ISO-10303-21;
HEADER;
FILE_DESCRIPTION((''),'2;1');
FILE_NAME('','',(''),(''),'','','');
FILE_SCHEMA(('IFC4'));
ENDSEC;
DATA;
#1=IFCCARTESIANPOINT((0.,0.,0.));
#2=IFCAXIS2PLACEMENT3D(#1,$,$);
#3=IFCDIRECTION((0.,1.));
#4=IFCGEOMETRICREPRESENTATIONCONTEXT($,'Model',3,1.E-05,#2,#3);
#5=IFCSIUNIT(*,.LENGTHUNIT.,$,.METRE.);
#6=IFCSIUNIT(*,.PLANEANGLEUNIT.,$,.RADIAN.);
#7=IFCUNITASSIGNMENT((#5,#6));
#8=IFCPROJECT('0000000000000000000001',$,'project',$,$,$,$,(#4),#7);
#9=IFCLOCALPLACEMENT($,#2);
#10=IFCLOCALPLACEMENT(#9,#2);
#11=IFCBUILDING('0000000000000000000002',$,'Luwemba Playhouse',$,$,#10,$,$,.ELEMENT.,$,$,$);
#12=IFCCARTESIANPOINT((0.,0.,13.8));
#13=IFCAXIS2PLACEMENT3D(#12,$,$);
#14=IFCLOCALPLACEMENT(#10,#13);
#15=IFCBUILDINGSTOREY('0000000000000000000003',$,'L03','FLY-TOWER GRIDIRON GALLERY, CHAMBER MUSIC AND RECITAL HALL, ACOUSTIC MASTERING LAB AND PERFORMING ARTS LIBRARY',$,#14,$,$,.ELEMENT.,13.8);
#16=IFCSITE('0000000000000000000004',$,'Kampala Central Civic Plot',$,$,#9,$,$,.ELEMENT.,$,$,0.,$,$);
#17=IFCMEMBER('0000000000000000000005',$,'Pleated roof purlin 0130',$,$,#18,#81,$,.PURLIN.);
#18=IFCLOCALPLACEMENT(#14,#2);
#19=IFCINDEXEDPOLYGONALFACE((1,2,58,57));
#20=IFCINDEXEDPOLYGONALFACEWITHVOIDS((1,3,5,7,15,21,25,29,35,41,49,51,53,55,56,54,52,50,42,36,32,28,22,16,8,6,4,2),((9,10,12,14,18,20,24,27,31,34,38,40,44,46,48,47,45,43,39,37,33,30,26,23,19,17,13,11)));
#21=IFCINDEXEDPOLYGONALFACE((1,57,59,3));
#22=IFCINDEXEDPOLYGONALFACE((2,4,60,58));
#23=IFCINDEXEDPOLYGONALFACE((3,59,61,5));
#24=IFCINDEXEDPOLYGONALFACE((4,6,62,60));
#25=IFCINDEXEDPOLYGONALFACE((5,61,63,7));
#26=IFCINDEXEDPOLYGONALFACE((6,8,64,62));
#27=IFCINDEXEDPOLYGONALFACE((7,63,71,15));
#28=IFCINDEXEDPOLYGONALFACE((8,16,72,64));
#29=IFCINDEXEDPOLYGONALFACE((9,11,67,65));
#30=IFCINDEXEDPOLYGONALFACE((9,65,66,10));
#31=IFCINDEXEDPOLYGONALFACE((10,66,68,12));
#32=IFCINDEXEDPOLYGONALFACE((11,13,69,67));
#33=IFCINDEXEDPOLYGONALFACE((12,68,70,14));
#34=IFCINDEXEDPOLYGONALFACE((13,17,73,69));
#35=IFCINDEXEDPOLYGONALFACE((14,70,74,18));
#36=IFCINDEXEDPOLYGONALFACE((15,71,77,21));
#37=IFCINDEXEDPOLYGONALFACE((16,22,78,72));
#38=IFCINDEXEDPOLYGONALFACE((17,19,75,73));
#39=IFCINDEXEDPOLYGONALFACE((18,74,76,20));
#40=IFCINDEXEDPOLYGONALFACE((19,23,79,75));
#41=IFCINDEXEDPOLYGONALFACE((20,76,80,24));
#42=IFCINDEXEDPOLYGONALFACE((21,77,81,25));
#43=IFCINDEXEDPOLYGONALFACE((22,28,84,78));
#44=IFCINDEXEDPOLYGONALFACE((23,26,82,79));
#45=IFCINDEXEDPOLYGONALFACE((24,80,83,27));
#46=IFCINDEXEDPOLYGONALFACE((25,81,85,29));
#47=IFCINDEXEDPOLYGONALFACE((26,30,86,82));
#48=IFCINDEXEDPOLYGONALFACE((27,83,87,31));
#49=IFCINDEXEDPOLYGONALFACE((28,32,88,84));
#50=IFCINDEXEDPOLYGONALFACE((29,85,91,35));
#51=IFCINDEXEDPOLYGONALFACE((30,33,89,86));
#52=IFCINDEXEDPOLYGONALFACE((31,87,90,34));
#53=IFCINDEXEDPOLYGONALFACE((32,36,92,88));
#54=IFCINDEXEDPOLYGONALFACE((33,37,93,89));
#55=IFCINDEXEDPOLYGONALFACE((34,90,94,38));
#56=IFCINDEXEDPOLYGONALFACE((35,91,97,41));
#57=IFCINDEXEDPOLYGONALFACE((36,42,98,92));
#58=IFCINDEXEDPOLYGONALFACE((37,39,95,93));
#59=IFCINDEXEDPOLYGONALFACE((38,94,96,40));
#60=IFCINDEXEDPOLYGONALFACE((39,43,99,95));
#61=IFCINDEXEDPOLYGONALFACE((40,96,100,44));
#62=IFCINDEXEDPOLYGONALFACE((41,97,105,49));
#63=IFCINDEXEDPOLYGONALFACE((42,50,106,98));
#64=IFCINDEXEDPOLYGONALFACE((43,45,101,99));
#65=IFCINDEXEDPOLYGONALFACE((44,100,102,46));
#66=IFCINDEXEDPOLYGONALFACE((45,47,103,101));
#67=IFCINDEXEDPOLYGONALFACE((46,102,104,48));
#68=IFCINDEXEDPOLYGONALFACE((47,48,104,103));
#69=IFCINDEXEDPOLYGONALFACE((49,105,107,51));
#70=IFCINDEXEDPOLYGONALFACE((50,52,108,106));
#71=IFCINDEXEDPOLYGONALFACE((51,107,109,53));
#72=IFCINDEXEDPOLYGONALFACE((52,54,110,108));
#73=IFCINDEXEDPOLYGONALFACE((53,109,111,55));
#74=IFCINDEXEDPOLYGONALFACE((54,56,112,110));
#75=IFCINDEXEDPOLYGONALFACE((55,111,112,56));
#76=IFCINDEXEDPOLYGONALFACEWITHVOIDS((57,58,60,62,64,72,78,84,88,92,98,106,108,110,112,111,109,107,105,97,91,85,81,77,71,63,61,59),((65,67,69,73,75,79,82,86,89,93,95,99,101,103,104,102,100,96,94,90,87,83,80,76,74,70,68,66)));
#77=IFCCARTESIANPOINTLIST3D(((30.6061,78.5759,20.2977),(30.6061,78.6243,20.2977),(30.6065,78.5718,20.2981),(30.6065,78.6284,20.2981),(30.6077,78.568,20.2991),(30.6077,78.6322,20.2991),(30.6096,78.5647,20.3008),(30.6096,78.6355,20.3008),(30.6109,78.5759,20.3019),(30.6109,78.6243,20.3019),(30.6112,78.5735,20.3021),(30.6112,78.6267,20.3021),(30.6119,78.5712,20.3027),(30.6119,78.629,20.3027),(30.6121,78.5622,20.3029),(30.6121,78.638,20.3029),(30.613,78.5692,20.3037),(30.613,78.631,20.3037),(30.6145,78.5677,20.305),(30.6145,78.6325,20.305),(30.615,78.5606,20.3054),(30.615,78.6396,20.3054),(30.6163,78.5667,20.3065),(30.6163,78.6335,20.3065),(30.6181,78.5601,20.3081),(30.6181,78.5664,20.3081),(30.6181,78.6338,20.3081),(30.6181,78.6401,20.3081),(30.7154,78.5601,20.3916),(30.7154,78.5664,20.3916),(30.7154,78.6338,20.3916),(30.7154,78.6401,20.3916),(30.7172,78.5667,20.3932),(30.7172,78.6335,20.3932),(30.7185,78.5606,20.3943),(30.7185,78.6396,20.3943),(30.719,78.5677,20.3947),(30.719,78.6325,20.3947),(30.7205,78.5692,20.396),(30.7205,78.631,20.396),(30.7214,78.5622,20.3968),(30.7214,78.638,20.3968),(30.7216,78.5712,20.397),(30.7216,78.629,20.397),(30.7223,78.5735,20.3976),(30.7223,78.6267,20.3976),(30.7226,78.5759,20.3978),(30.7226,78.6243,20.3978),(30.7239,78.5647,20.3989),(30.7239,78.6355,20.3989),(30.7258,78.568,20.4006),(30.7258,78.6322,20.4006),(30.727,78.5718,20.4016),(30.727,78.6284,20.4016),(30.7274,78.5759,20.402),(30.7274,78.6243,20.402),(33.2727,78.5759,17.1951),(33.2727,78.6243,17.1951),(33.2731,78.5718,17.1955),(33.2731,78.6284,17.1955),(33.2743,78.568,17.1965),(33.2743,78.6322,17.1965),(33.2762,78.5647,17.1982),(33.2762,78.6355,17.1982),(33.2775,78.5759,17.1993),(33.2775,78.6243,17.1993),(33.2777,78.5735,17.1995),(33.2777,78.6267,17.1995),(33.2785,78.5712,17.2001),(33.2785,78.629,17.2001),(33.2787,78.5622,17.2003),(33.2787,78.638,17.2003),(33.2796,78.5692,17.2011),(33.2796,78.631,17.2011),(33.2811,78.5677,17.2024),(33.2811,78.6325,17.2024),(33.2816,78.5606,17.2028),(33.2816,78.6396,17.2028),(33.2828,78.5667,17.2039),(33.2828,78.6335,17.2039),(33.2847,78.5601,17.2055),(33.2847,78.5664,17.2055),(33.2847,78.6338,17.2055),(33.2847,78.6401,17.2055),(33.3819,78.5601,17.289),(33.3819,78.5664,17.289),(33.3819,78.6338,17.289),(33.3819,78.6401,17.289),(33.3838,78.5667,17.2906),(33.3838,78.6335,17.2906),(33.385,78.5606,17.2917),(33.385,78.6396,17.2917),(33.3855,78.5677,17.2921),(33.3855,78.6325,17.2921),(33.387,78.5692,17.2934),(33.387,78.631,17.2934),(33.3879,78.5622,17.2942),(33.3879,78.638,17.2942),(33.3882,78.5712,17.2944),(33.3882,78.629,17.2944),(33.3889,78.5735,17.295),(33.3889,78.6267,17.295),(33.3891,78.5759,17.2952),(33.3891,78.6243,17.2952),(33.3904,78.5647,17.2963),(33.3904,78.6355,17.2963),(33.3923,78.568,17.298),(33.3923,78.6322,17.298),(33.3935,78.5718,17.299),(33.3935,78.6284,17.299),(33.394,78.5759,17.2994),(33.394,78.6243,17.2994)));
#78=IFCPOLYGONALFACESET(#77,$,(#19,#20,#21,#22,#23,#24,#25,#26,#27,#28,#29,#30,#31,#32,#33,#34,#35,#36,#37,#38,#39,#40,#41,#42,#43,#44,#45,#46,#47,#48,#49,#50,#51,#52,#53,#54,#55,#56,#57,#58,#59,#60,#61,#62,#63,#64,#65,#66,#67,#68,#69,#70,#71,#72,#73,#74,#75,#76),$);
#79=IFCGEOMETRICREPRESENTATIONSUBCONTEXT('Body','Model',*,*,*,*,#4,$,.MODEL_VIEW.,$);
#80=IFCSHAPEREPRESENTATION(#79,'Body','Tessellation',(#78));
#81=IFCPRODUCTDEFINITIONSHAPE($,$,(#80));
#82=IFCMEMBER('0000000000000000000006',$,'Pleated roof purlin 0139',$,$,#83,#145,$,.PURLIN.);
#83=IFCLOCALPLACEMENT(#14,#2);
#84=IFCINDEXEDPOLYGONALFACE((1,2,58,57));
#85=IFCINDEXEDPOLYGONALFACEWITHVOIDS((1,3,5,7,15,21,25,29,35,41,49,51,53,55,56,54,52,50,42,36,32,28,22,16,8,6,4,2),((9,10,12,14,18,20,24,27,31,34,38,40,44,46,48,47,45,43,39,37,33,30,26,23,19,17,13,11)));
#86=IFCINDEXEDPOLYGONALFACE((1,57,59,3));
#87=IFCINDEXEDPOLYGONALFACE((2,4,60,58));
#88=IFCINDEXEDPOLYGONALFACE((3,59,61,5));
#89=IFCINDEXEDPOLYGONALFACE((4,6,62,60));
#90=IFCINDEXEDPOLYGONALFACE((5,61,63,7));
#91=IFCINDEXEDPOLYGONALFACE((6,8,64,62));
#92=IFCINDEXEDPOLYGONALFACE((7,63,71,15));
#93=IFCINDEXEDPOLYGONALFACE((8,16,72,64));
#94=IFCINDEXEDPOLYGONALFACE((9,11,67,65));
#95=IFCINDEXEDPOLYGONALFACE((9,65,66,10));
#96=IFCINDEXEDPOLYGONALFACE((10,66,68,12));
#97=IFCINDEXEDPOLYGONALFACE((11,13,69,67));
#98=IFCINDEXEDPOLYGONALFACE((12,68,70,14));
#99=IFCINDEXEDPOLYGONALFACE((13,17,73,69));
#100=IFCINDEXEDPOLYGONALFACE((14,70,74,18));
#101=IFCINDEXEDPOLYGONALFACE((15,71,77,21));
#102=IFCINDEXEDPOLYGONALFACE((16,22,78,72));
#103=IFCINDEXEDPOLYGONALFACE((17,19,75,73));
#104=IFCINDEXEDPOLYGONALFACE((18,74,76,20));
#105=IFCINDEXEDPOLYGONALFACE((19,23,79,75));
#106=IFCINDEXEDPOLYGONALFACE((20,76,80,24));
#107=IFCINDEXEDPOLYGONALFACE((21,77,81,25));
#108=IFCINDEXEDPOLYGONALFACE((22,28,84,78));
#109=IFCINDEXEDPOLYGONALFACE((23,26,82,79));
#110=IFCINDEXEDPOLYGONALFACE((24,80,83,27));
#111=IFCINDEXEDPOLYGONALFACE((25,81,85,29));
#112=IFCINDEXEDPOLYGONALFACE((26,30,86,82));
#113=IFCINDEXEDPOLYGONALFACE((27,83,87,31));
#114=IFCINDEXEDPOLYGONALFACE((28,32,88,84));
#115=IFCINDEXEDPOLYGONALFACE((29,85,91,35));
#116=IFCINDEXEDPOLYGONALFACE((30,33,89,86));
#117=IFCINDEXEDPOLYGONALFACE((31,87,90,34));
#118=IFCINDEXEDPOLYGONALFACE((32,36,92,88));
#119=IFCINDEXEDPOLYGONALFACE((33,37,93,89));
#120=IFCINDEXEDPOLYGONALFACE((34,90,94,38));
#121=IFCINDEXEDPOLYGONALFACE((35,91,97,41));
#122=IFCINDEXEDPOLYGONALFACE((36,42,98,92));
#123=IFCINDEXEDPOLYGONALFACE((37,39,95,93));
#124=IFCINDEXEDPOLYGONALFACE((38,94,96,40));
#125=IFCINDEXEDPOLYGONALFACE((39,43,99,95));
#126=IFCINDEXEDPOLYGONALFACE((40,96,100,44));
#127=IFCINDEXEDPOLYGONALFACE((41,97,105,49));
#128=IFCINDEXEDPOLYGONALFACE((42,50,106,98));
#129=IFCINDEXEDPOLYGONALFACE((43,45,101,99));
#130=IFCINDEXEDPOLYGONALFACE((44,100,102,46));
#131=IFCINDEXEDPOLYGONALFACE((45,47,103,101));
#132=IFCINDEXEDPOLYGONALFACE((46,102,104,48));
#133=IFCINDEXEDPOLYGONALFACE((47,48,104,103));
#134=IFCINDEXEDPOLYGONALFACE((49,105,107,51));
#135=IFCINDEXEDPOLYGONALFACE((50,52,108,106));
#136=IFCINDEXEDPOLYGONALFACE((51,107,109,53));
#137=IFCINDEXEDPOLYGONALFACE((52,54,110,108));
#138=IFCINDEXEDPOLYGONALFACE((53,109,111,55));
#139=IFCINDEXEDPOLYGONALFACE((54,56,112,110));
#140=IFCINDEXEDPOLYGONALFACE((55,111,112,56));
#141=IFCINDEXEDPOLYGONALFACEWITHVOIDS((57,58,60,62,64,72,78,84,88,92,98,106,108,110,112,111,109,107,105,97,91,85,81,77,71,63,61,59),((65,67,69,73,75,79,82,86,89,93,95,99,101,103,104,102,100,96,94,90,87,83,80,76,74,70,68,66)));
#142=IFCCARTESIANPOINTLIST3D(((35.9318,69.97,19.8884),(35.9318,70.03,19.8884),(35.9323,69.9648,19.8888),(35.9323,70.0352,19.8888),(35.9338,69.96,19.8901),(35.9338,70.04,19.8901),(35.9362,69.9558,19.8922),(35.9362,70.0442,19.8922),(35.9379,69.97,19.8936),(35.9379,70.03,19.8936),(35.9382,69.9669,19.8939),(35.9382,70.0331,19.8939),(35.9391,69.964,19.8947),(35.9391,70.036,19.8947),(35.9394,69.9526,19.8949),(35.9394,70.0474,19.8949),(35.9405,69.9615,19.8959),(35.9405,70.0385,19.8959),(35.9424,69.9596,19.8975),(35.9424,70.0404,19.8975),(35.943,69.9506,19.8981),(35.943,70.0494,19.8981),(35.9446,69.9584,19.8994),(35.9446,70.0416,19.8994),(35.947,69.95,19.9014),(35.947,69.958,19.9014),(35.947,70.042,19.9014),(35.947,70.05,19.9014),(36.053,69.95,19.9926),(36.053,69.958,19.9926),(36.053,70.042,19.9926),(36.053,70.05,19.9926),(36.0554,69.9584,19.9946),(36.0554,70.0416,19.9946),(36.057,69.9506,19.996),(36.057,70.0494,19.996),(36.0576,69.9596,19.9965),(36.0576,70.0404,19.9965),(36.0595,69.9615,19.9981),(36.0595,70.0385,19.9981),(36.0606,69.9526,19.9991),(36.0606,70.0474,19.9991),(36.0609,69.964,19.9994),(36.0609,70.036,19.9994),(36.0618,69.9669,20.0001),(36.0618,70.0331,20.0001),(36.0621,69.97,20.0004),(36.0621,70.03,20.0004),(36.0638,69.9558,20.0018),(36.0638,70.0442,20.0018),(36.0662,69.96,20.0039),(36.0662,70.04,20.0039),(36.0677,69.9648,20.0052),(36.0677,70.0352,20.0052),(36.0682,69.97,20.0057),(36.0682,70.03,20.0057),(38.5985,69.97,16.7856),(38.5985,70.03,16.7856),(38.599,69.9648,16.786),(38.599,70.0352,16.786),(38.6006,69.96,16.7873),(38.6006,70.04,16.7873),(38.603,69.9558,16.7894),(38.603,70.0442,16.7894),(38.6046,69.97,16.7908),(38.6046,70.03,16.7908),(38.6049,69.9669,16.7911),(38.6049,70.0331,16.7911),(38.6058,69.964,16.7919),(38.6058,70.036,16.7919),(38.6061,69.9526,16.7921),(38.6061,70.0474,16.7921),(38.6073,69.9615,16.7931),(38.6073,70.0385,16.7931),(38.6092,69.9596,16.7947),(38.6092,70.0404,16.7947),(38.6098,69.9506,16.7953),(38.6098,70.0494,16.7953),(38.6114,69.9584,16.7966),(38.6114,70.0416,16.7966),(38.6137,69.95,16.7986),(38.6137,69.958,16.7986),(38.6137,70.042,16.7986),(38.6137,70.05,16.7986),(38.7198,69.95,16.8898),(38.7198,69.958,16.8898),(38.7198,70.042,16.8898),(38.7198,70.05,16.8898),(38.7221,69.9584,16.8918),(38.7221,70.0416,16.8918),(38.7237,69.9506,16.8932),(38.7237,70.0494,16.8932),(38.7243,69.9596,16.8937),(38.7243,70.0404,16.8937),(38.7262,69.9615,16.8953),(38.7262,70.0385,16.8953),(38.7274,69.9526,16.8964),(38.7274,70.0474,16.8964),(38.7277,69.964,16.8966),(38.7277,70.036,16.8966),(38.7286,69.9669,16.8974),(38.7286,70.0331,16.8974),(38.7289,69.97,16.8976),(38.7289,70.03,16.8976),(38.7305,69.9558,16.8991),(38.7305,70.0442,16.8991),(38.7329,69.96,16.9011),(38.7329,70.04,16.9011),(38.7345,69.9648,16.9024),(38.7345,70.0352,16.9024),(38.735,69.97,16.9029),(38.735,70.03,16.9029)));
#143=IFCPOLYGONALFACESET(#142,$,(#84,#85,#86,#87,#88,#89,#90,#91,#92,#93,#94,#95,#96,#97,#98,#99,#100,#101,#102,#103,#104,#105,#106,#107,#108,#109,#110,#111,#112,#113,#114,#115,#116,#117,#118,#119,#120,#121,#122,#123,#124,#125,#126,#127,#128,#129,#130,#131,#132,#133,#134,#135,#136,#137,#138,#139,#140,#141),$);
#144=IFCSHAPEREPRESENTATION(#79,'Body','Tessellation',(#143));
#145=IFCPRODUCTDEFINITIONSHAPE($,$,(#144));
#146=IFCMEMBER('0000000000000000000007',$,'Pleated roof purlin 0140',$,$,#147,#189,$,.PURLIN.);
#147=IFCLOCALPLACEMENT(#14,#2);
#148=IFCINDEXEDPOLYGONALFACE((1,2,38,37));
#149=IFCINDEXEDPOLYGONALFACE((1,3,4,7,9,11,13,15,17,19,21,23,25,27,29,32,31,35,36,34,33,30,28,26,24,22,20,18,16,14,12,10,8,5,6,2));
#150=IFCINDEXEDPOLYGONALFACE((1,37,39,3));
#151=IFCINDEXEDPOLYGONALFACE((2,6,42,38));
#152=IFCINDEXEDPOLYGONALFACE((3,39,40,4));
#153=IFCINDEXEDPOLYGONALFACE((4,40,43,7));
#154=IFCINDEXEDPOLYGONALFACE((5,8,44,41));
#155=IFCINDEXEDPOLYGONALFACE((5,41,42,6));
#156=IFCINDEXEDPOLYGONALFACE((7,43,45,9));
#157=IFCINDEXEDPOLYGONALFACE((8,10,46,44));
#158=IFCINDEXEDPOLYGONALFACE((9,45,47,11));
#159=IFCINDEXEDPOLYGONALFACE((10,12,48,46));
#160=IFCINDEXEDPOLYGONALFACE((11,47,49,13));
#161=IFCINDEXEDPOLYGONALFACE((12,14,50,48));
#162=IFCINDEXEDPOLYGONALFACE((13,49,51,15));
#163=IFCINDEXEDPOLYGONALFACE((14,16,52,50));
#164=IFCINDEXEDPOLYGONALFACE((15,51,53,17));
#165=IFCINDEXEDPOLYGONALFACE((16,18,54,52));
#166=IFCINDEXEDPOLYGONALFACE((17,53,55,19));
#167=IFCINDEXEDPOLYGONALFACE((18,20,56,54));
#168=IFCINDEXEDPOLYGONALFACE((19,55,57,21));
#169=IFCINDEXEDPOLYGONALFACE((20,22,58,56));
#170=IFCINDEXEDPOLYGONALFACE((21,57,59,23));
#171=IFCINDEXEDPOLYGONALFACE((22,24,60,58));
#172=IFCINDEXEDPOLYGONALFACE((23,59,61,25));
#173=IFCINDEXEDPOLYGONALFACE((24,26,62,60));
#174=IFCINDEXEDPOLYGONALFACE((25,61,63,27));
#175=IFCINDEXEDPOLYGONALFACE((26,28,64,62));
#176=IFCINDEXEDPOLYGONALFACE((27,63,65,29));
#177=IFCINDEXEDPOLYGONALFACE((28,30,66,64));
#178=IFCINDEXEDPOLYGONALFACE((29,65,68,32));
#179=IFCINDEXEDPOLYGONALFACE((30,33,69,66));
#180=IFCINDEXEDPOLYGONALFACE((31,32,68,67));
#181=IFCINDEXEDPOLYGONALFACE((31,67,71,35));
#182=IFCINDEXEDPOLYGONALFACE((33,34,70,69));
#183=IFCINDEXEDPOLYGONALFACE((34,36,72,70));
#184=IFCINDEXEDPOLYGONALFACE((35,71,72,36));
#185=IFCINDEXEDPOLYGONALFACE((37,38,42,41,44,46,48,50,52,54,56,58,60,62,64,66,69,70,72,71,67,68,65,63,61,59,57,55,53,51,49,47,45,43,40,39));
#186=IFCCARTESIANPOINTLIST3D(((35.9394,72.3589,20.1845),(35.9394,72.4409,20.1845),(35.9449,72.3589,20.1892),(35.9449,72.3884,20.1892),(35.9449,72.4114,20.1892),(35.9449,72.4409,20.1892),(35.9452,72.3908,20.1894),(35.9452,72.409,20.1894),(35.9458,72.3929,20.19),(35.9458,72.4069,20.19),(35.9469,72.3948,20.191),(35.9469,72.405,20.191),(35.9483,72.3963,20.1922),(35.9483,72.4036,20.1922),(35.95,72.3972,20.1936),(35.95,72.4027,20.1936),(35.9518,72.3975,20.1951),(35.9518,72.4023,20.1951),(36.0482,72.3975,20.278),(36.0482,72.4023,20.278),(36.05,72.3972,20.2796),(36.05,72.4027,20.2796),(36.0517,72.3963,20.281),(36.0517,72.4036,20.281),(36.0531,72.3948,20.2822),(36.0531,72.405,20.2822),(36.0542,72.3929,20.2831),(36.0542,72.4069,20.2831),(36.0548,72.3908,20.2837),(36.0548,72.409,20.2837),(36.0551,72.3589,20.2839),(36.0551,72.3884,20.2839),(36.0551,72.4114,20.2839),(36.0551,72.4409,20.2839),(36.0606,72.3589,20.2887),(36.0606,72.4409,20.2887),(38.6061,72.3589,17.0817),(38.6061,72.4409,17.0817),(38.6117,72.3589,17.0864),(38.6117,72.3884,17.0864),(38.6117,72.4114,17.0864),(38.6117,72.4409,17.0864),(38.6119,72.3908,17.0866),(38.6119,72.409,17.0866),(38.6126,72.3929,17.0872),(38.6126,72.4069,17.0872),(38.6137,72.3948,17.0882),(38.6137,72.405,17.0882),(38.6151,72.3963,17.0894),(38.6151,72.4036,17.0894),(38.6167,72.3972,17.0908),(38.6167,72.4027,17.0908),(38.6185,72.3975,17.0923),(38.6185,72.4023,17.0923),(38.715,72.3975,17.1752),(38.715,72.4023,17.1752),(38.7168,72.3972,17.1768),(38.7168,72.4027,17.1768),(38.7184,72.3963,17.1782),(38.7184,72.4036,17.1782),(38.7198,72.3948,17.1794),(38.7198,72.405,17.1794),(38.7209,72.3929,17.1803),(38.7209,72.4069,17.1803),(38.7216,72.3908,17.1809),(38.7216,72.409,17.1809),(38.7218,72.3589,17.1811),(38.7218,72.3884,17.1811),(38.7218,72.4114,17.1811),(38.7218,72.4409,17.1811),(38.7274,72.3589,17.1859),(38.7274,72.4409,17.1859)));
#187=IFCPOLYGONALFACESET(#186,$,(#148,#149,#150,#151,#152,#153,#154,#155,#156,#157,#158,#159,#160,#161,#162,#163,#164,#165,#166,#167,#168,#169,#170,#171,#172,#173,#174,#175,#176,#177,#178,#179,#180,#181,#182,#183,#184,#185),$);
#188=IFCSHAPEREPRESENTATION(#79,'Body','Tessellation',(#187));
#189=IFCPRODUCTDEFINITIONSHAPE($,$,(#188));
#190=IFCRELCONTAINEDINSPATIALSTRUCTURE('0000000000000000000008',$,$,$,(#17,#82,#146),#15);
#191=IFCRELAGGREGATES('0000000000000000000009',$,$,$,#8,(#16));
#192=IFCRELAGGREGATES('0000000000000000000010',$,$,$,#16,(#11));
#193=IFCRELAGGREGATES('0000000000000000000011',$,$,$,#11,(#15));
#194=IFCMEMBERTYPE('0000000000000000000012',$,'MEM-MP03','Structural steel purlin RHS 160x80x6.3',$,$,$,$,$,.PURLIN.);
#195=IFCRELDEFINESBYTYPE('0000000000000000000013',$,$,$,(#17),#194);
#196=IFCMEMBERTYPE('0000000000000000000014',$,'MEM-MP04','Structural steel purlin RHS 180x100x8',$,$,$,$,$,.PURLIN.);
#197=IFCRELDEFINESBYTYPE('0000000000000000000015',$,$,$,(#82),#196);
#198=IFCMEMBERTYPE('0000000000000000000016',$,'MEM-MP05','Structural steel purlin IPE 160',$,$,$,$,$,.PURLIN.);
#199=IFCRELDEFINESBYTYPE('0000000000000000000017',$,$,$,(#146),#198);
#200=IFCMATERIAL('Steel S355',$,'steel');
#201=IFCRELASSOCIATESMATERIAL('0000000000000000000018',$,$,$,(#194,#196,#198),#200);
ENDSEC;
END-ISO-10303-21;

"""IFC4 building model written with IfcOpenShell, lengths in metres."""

from ifc_helpers import new_model, si_unit, direction, frame, origin, origin_2d, place, context, subcontext, project, spatial, hollow_rectangle, i_section, extrude, material, material_profile, profile_set, type_object, element, save


model = new_model("IFC4")

# Units and contexts
model_context = context("Model", 3, precision=1e-05, world=origin(), true_north=direction((0.0, 1.0)))
body_context = subcontext(model_context, "Body", "Model", "MODEL_VIEW")
ifc_project = project(units=[si_unit("LENGTHUNIT", "METRE"), si_unit("PLANEANGLEUNIT", "RADIAN")], contexts=[model_context])

# Site, building, storey
site_placement = place(None, origin())
site = spatial("IfcSite", under=ifc_project, at=site_placement, Name="Kampala Central Civic Plot", CompositionType="ELEMENT", RefElevation=0.0)
building_placement = place(site_placement, origin())
building = spatial("IfcBuilding", under=site, at=building_placement, Name="Luwemba Playhouse", CompositionType="ELEMENT")
storey_placement = place(building_placement, frame((0.0, 0.0, 13.8)))
storey = spatial("IfcBuildingStorey", under=building, at=storey_placement, Name="L03", Description="FLY-TOWER GRIDIRON GALLERY, CHAMBER MUSIC AND RECITAL HALL, ACOUSTIC MASTERING LAB AND PERFORMING ARTS LIBRARY", CompositionType="ELEMENT", Elevation=13.8)

# Shared definitions
ifc_material_1 = material(Name="Steel S355", Category="steel")

# Members
ifc_material_profile_1 = material_profile(ifc_material_1, hollow_rectangle(XDim=0.0801, YDim=0.1599, WallThickness=0.0063, InnerFilletRadius=0.0095, OuterFilletRadius=0.0159, at=origin_2d()))
ifc_profile_set_1 = profile_set([ifc_material_profile_1], Name="Steel S355")
member_type_1 = type_object("IfcMemberType", Name="MEM-MP03", Description="Structural steel purlin RHS 160x80x6.3", PredefinedType="PURLIN", material=ifc_profile_set_1)
member_1_placement = place(storey_placement, frame((30.6667, 78.6001, 20.3499), z_axis=(0.651803, 0.0, -0.758388), x_axis=(0.0, 1.0, 0.0)))
element("IfcMember", 1, at=member_1_placement, inside=storey, type_object=member_type_1, Name="Pleated roof purlin 0130", PredefinedType="PURLIN", context=body_context, shape_type="SweptSolid", body=[
    extrude(hollow_rectangle(XDim=0.0801, YDim=0.1599, WallThickness=0.0063, InnerFilletRadius=0.0095, OuterFilletRadius=0.0159, at=origin_2d()), origin(), (0.0, 0.0, 1.0), 4.0911),
])
ifc_material_profile_2 = material_profile(ifc_material_1, hollow_rectangle(XDim=0.1001, YDim=0.1799, WallThickness=0.0081, InnerFilletRadius=0.012, OuterFilletRadius=0.02, at=origin_2d()))
ifc_profile_set_2 = profile_set([ifc_material_profile_2], Name="Steel S355")
member_type_2 = type_object("IfcMemberType", Name="MEM-MP04", Description="Structural steel purlin RHS 180x100x8", PredefinedType="PURLIN", material=ifc_profile_set_2)
member_2_placement = place(storey_placement, frame((36.0, 70.0, 19.947), z_axis=(0.651808, 0.0, -0.758384), x_axis=(0.0, 1.0, 0.0)))
element("IfcMember", 2, at=member_2_placement, inside=storey, type_object=member_type_2, Name="Pleated roof purlin 0139", PredefinedType="PURLIN", context=body_context, shape_type="SweptSolid", body=[
    extrude(hollow_rectangle(XDim=0.1001, YDim=0.1799, WallThickness=0.0081, InnerFilletRadius=0.012, OuterFilletRadius=0.02, at=origin_2d()), origin(), (0.0, 0.0, 1.0), 4.0913),
])
ifc_material_profile_3 = material_profile(ifc_material_1, i_section(OverallWidth=0.082, OverallDepth=0.1599, WebThickness=0.0049, FlangeThickness=0.0073, FilletRadius=0.009, at=origin_2d()))
ifc_profile_set_3 = profile_set([ifc_material_profile_3], Name="Steel S355")
member_type_3 = type_object("IfcMemberType", Name="MEM-MP05", Description="Structural steel purlin IPE 160", PredefinedType="PURLIN", material=ifc_profile_set_3)
member_3_placement = place(storey_placement, frame((36.0, 72.3999, 20.2366), z_axis=(0.651808, 0.0, -0.758384), x_axis=(0.0, 1.0, 0.0)))
element("IfcMember", 3, at=member_3_placement, inside=storey, type_object=member_type_3, Name="Pleated roof purlin 0140", PredefinedType="PURLIN", context=body_context, shape_type="SweptSolid", body=[
    extrude(i_section(OverallWidth=0.082, OverallDepth=0.1599, WebThickness=0.0049, FlangeThickness=0.0073, FilletRadius=0.009, at=origin_2d()), origin(), (0.0, 0.0, 1.0), 4.0913),
])

save(model, "model.ifc")
